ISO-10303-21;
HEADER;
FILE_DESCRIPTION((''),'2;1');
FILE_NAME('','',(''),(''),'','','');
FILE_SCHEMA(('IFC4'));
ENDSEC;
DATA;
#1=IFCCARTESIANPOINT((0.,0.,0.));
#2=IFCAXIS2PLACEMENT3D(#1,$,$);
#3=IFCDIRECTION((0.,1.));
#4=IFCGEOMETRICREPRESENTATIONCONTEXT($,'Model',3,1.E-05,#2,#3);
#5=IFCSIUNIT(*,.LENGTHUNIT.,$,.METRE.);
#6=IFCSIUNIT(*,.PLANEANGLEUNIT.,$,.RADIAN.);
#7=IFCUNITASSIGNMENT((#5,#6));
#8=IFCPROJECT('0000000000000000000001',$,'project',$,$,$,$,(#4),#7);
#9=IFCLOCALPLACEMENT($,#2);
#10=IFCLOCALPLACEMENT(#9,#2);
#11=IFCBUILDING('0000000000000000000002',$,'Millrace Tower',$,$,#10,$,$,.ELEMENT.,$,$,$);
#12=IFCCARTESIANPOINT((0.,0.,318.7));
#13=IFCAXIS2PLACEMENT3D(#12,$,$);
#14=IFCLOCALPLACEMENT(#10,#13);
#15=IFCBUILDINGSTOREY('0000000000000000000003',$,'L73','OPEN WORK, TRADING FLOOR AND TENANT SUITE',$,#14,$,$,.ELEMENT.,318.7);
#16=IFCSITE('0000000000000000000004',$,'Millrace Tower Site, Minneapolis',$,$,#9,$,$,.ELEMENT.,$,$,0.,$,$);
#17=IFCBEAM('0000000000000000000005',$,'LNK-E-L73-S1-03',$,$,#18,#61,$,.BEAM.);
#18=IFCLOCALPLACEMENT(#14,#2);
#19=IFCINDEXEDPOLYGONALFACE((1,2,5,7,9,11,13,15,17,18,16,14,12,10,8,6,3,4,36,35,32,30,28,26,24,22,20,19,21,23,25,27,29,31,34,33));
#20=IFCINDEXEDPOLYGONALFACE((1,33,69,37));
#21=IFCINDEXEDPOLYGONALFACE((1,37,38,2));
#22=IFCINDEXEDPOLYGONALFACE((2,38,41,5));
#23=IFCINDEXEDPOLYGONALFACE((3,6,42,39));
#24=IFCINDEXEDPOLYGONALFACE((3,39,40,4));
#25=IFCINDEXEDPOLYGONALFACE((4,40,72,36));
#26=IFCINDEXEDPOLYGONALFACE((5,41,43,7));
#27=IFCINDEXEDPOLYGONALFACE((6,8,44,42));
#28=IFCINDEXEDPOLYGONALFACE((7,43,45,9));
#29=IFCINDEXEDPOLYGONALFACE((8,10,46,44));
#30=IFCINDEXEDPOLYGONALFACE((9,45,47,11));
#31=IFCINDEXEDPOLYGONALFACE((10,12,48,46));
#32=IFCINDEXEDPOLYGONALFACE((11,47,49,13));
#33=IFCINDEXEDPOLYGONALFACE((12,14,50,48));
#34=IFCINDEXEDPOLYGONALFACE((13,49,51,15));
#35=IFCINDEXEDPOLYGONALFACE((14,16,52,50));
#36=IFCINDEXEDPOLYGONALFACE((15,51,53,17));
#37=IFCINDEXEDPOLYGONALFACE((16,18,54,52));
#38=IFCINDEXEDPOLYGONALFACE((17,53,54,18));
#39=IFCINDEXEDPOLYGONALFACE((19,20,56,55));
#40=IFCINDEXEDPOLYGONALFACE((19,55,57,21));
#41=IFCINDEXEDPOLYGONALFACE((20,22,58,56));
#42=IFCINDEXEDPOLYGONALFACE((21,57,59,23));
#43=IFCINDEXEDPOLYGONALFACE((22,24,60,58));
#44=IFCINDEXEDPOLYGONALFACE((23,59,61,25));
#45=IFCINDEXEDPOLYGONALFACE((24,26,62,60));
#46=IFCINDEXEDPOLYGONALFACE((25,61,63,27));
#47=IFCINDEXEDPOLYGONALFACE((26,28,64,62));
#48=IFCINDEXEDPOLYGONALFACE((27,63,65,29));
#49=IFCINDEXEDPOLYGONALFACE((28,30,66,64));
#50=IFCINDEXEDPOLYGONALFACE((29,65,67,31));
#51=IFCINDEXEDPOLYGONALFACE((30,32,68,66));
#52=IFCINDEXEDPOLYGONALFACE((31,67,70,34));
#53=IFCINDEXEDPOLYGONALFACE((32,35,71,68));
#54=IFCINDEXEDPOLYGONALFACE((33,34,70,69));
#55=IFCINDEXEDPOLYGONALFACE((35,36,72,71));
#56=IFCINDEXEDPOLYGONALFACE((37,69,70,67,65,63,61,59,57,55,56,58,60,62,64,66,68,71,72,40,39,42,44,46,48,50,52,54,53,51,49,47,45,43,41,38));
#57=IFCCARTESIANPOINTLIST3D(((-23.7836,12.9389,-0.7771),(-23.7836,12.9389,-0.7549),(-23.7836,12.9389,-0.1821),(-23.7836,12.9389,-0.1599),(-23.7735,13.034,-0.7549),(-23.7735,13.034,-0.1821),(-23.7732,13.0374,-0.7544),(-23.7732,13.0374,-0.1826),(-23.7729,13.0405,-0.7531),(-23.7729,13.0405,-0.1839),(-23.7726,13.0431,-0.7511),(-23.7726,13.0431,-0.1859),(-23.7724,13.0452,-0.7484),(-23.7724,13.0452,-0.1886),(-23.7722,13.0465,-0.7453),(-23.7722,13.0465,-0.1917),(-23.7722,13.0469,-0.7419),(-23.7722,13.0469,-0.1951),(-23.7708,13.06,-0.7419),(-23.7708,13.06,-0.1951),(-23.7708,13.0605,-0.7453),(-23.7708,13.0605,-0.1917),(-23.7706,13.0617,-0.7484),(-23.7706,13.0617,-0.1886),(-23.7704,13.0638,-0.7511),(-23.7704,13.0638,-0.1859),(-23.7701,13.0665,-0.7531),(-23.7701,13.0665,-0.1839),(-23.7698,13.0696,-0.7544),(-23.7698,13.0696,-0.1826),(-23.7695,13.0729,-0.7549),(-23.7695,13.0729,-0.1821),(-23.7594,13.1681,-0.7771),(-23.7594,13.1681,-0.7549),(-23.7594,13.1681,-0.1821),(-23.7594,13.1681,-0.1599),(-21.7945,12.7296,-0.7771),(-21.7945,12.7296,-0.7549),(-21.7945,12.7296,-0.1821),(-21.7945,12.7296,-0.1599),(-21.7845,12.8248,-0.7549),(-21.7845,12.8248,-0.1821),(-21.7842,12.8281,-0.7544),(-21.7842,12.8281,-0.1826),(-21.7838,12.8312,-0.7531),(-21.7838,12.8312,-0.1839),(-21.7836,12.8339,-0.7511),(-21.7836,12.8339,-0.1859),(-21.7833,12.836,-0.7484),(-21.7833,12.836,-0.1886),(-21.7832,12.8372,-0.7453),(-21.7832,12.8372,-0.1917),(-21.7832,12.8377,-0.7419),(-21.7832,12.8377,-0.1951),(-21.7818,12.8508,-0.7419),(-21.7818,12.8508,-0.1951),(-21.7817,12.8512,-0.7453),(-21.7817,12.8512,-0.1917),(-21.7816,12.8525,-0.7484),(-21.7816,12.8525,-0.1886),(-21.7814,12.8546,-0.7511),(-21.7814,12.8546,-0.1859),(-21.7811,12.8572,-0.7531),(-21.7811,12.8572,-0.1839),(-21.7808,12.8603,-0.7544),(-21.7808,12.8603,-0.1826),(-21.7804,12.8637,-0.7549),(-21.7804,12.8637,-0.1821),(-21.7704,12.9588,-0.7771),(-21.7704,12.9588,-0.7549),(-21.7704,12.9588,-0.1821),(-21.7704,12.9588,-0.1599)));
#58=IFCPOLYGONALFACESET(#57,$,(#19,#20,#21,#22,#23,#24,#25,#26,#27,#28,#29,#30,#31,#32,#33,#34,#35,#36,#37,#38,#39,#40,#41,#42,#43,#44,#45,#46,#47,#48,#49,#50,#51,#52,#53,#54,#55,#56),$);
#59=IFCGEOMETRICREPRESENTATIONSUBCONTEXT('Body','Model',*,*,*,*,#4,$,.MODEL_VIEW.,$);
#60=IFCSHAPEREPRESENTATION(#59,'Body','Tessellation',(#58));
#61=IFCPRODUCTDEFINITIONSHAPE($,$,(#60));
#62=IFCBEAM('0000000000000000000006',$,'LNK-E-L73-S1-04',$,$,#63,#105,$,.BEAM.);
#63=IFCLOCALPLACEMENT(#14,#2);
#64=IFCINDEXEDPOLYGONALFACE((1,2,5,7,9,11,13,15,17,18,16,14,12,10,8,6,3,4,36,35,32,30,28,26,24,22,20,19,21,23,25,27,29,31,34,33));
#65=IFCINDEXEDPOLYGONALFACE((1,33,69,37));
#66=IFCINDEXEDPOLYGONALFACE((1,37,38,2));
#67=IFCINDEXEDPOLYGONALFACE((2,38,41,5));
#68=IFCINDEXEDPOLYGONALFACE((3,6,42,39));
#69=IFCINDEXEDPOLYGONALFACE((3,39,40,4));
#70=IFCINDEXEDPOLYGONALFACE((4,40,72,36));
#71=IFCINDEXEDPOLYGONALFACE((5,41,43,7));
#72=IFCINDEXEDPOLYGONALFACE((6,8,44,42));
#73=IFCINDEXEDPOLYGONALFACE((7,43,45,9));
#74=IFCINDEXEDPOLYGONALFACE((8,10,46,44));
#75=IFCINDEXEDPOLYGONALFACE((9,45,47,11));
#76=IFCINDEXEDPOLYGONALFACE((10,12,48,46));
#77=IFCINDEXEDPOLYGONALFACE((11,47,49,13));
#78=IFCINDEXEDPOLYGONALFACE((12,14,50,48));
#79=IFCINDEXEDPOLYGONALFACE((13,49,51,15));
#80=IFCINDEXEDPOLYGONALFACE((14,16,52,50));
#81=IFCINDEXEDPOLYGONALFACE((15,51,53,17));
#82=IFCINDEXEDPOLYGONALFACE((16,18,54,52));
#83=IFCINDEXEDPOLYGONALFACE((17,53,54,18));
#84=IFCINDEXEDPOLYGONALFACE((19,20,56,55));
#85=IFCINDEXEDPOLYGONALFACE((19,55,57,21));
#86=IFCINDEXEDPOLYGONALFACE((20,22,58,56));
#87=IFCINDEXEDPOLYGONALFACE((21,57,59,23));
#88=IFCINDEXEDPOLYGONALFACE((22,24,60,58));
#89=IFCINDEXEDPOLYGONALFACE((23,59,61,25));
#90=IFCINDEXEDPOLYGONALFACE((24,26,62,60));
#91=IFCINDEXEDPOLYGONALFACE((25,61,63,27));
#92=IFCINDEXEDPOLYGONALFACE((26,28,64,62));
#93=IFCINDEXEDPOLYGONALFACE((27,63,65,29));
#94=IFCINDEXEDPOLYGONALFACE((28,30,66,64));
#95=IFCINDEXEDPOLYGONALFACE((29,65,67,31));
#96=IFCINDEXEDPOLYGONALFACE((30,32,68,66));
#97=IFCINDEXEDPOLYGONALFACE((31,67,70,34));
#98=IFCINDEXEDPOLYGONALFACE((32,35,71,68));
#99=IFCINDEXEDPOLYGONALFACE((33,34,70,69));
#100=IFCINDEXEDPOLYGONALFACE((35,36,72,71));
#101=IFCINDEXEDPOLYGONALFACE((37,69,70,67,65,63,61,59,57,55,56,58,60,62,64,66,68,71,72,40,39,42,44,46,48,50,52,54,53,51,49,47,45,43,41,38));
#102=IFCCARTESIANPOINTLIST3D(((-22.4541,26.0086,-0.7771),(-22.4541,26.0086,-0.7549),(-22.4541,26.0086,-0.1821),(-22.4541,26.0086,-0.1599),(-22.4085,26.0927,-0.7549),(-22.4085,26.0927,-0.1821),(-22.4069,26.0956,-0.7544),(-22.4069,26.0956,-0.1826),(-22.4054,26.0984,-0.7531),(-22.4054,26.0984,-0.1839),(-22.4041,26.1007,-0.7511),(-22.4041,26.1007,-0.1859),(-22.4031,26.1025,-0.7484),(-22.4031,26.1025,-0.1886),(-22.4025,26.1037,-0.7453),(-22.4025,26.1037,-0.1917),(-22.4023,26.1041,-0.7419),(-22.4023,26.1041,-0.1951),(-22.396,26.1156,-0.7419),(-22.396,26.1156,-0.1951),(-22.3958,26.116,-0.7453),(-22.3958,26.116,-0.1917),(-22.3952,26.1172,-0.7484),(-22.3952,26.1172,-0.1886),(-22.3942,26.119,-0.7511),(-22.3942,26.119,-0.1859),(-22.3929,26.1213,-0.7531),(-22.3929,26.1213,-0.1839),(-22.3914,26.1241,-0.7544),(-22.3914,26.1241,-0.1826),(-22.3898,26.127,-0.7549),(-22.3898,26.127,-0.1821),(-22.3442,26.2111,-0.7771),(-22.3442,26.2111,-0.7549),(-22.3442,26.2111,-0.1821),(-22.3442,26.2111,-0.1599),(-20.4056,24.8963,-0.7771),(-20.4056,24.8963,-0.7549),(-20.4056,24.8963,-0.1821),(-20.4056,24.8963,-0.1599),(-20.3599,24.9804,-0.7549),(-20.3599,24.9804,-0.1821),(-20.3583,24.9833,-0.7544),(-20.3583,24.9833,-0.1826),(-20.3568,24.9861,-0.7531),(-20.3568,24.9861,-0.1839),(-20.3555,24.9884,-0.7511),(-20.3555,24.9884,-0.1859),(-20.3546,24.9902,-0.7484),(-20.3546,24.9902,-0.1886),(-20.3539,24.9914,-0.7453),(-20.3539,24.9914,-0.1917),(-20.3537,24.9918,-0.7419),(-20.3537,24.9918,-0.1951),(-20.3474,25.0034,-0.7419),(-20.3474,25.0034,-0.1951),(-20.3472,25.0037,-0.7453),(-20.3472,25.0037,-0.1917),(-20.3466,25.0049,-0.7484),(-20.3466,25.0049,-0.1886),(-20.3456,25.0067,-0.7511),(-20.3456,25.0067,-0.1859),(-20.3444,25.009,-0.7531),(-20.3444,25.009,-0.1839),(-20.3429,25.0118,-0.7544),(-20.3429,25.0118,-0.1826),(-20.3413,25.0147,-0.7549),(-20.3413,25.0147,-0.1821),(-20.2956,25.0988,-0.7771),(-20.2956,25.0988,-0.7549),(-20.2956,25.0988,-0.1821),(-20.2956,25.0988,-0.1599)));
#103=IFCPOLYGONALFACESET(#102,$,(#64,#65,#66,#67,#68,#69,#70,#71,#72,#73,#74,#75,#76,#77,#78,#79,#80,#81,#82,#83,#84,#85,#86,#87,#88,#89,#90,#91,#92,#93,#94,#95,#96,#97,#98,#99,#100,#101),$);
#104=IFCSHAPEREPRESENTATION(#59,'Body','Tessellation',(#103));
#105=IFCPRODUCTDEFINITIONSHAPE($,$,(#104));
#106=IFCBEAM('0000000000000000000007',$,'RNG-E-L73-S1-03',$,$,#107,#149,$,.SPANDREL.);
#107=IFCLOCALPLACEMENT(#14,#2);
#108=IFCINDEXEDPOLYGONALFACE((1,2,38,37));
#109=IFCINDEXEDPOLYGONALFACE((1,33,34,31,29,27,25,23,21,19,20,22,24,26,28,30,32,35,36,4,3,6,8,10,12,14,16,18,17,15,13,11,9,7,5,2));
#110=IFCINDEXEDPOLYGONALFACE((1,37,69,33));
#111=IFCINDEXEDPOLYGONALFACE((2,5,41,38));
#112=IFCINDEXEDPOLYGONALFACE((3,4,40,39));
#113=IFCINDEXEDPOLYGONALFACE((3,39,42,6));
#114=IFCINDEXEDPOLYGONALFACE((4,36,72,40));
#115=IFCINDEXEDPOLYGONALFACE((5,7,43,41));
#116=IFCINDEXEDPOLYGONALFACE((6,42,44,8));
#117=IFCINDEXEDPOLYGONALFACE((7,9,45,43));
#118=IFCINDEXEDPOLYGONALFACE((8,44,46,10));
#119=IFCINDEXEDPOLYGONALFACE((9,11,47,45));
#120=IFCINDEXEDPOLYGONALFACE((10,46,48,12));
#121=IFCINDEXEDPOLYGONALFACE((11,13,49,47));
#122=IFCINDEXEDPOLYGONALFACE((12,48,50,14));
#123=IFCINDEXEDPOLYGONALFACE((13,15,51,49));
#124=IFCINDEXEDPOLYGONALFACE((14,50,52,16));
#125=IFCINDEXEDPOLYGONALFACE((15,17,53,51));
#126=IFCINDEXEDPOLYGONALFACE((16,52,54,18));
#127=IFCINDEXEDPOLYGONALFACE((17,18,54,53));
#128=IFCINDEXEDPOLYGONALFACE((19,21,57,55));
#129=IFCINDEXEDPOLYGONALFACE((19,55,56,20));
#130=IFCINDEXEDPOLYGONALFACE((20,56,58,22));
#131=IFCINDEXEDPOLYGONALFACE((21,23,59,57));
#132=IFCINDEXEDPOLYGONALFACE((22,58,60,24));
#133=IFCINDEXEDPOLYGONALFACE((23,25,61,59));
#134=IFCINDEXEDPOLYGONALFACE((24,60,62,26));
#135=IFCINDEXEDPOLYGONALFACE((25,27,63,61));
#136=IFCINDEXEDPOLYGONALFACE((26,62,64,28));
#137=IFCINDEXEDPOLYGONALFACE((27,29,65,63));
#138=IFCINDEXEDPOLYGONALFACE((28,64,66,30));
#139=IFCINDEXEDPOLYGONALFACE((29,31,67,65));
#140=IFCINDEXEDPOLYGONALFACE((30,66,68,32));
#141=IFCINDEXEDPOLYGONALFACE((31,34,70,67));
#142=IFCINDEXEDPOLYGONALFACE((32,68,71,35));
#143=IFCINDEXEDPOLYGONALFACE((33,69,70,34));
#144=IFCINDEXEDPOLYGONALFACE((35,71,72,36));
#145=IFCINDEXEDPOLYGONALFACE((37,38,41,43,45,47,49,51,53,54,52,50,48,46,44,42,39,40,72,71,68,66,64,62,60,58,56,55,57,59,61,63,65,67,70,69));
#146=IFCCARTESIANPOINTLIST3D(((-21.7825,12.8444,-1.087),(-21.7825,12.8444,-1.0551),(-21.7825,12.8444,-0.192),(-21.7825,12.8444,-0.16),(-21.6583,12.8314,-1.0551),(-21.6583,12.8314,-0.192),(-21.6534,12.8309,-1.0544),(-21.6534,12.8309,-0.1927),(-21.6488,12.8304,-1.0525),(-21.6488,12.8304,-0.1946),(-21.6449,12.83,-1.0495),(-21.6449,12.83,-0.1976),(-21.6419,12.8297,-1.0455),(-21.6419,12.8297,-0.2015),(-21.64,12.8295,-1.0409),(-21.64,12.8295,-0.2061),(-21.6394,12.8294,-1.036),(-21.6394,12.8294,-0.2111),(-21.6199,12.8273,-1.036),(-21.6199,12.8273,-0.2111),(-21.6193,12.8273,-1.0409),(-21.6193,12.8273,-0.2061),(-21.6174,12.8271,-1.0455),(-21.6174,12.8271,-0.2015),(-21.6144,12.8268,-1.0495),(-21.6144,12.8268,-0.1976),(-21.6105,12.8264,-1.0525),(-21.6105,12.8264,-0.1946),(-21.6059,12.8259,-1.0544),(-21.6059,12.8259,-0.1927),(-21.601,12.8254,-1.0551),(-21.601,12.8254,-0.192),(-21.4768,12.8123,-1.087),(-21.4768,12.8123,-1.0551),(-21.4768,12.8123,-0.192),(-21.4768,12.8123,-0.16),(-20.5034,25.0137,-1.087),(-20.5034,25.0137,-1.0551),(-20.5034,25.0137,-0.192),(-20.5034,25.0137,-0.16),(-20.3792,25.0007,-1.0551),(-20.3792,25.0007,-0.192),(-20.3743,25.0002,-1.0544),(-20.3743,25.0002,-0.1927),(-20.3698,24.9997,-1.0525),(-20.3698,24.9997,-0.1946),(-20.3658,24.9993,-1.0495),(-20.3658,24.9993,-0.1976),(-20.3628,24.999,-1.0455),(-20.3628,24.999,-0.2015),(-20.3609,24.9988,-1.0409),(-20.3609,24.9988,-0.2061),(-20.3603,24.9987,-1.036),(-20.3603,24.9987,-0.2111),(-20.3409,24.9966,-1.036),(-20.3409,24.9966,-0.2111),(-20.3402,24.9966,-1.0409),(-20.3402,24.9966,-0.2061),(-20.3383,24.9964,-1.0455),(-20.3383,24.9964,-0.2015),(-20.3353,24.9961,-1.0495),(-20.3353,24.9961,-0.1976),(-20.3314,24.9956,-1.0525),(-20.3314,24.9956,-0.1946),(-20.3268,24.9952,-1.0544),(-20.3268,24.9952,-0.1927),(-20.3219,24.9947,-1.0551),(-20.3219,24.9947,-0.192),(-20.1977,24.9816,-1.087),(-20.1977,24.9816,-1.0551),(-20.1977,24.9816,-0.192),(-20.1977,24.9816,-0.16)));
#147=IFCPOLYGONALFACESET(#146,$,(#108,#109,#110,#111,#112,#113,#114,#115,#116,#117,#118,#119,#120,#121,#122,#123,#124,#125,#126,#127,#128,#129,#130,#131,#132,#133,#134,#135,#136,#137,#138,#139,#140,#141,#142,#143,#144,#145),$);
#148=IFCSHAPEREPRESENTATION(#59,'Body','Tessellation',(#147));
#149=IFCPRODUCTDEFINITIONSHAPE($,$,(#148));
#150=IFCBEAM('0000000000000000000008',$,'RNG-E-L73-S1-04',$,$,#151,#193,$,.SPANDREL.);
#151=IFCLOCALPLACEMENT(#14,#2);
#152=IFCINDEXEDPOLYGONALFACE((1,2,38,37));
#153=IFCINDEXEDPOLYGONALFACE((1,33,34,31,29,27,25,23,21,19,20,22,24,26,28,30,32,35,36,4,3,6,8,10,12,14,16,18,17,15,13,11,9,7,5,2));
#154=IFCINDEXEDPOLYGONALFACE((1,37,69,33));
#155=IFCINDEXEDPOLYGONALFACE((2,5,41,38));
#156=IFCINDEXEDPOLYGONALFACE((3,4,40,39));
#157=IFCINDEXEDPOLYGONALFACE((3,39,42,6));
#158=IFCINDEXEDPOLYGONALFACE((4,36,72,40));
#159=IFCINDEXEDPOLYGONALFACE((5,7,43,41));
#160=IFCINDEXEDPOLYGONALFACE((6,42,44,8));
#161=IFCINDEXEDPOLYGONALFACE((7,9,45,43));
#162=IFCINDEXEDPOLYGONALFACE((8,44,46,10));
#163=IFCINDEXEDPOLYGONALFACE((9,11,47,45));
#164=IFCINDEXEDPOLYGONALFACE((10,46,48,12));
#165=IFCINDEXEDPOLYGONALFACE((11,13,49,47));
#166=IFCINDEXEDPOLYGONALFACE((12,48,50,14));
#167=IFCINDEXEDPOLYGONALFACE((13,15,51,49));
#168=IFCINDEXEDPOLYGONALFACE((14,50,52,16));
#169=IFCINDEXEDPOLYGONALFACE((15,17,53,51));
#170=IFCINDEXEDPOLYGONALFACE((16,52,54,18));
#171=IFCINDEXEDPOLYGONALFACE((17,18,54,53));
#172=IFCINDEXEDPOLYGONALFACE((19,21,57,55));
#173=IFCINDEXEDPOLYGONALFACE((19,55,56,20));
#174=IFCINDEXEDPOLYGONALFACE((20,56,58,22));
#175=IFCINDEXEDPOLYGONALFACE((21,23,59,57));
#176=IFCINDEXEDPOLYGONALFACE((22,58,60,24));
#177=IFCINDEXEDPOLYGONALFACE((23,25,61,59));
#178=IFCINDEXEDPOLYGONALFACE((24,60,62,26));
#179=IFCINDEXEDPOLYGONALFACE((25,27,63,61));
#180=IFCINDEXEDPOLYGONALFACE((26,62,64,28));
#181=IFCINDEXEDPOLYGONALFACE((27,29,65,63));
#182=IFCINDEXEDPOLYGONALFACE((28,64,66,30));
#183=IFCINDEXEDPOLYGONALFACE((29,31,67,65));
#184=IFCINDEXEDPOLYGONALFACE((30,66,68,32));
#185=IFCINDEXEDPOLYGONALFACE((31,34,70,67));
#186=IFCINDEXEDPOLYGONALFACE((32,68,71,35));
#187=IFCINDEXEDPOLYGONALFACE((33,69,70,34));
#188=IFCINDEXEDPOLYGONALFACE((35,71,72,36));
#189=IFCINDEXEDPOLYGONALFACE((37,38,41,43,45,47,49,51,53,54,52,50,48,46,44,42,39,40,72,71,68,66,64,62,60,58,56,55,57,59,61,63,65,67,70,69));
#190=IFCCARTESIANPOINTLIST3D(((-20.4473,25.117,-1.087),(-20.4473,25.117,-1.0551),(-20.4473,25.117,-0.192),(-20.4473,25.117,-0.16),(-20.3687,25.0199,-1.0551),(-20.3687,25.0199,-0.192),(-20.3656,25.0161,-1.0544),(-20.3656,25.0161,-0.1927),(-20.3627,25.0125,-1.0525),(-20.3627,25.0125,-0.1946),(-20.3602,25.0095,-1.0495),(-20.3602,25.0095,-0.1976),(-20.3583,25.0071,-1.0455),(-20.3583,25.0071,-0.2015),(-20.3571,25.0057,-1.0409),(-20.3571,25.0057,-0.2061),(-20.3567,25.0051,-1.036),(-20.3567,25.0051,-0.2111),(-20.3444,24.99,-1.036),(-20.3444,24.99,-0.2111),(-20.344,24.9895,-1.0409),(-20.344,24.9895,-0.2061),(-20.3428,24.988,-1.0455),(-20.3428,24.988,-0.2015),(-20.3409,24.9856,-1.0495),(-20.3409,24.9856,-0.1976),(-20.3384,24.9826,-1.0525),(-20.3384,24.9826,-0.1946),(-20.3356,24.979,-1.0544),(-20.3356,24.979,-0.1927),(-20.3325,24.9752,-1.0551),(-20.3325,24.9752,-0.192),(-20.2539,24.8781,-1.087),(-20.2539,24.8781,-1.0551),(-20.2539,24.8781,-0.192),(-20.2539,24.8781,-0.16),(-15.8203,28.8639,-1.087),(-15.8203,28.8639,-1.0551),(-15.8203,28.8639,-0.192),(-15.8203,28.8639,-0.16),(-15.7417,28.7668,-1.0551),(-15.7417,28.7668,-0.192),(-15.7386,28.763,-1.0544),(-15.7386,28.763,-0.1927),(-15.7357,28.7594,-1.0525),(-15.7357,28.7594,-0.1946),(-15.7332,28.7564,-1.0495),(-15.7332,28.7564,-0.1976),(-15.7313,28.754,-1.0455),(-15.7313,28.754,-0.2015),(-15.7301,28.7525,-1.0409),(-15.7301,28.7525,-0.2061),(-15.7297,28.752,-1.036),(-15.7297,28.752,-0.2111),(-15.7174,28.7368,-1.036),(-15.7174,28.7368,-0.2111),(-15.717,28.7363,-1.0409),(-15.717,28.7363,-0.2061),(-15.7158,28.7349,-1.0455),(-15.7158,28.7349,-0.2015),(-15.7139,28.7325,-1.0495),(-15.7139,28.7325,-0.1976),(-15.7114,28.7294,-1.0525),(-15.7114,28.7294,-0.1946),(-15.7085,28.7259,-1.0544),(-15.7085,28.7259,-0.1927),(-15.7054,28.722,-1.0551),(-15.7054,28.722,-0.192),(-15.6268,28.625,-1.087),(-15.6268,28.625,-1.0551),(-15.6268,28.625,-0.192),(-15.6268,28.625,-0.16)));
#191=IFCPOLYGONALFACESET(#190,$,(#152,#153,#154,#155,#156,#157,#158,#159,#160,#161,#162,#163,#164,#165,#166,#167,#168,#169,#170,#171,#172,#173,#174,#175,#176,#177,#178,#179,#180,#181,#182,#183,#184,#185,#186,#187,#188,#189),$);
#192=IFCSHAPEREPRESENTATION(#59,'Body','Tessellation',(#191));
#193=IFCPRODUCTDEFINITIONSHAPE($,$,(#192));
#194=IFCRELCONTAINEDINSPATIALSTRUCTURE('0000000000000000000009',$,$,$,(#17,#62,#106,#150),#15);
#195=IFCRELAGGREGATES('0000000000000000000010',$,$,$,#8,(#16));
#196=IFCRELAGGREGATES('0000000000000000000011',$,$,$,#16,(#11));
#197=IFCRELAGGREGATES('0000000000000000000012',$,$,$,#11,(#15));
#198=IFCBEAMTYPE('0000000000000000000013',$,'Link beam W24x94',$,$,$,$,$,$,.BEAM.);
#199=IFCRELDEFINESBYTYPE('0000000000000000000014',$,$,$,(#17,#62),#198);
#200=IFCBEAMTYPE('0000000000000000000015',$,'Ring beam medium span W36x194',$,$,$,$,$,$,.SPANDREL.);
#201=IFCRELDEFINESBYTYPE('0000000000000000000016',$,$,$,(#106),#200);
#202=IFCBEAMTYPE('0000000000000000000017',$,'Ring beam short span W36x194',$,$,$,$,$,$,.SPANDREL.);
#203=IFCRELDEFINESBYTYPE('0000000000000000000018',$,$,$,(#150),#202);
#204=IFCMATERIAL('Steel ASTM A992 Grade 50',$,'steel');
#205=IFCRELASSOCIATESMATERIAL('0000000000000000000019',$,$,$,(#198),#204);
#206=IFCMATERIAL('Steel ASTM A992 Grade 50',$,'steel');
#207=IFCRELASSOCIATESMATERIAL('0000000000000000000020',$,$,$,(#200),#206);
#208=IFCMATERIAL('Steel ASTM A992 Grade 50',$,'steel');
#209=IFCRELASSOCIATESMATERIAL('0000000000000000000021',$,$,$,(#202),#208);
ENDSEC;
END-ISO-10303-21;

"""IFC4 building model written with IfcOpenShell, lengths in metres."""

from ifc_helpers import new_model, si_unit, direction, frame, origin, origin_2d, place, context, subcontext, project, spatial, i_section, extrude, material, material_profile, profile_set, type_object, element, save


model = new_model("IFC4")

# Units and contexts
model_context = context("Model", 3, precision=1e-05, world=origin(), true_north=direction((0.0, 1.0)))
body_context = subcontext(model_context, "Body", "Model", "MODEL_VIEW")
ifc_project = project(units=[si_unit("LENGTHUNIT", "METRE"), si_unit("PLANEANGLEUNIT", "RADIAN")], contexts=[model_context])

# Site, building, storey
site_placement = place(None, origin())
site = spatial("IfcSite", under=ifc_project, at=site_placement, Name="Millrace Tower Site, Minneapolis", CompositionType="ELEMENT", RefElevation=0.0)
building_placement = place(site_placement, origin())
building = spatial("IfcBuilding", under=site, at=building_placement, Name="Millrace Tower", CompositionType="ELEMENT")
storey_placement = place(building_placement, frame((0.0, 0.0, 318.7)))
storey = spatial("IfcBuildingStorey", under=building, at=storey_placement, Name="L73", Description="OPEN WORK, TRADING FLOOR AND TENANT SUITE", CompositionType="ELEMENT", Elevation=318.7)

# Beams
ifc_material_1 = material(Name="Steel ASTM A992 Grade 50", Category="steel")
ifc_material_profile_1 = material_profile(ifc_material_1, i_section(OverallWidth=0.2305, OverallDepth=0.6172, WebThickness=0.0132, FlangeThickness=0.0222, FilletRadius=0.0129, at=origin_2d()))
ifc_profile_set_1 = profile_set([ifc_material_profile_1], Name="Steel ASTM A992 Grade 50")
beam_type_1 = type_object("IfcBeamType", Name="Link beam W24x94", PredefinedType="BEAM", material=ifc_profile_set_1)
beam_1_placement = place(storey_placement, frame((-21.7825, 12.8442, -0.4685), z_axis=(-0.994513, 0.104615, 0.0), x_axis=(-0.104615, -0.994513, 0.0)))
element("IfcBeam", 1, at=beam_1_placement, inside=storey, type_object=beam_type_1, Name="LNK-E-L73-S1-03", PredefinedType="BEAM", context=body_context, shape_type="SweptSolid", body=[
    extrude(i_section(OverallWidth=0.2305, OverallDepth=0.6172, WebThickness=0.0132, FlangeThickness=0.0222, FilletRadius=0.0129, at=origin_2d()), origin(), (0.0, 0.0, 1.0), 2.0),
])
beam_2_placement = place(storey_placement, frame((-20.3506, 24.9976, -0.4685), z_axis=(-0.878815, 0.477164, 0.0), x_axis=(-0.477164, -0.878815, 0.0)))
element("IfcBeam", 2, at=beam_2_placement, inside=storey, type_object=beam_type_1, Name="LNK-E-L73-S1-04", PredefinedType="BEAM", context=body_context, shape_type="SweptSolid", body=[
    extrude(i_section(OverallWidth=0.2305, OverallDepth=0.6172, WebThickness=0.0132, FlangeThickness=0.0222, FilletRadius=0.0129, at=origin_2d()), origin(), (0.0, 0.0, 1.0), 2.3311),
])
ifc_material_2 = material(Name="Steel ASTM A992 Grade 50", Category="steel")
ifc_material_profile_2 = material_profile(ifc_material_2, i_section(OverallWidth=0.3074, OverallDepth=0.927, WebThickness=0.0195, FlangeThickness=0.032, FilletRadius=0.019, at=origin_2d()))
ifc_profile_set_2 = profile_set([ifc_material_profile_2], Name="Steel ASTM A992 Grade 50")
beam_type_2 = type_object("IfcBeamType", Name="Ring beam medium span W36x194", PredefinedType="SPANDREL", material=ifc_profile_set_2)
beam_3_placement = place(storey_placement, frame((-21.6296, 12.8284, -0.6235), z_axis=(0.10453, 0.994522, 0.0), x_axis=(-0.994522, 0.10453, 0.0)))
element("IfcBeam", 3, at=beam_3_placement, inside=storey, type_object=beam_type_2, Name="RNG-E-L73-S1-03", PredefinedType="SPANDREL", context=body_context, shape_type="SweptSolid", body=[
    extrude(i_section(OverallWidth=0.3074, OverallDepth=0.927, WebThickness=0.0195, FlangeThickness=0.032, FilletRadius=0.019, at=origin_2d()), origin(), (0.0, 0.0, 1.0), 12.2363),
])
ifc_material_3 = material(Name="Steel ASTM A992 Grade 50", Category="steel")
ifc_material_profile_3 = material_profile(ifc_material_3, i_section(OverallWidth=0.3074, OverallDepth=0.927, WebThickness=0.0195, FlangeThickness=0.032, FilletRadius=0.019, at=origin_2d()))
ifc_profile_set_3 = profile_set([ifc_material_profile_3], Name="Steel ASTM A992 Grade 50")
beam_type_3 = type_object("IfcBeamType", Name="Ring beam short span W36x194", PredefinedType="SPANDREL", material=ifc_profile_set_3)
beam_4_placement = place(storey_placement, frame((-20.3506, 24.9976, -0.6235), z_axis=(0.777147, 0.62932, 0.0), x_axis=(-0.62932, 0.777147, 0.0)))
element("IfcBeam", 4, at=beam_4_placement, inside=storey, type_object=beam_type_3, Name="RNG-E-L73-S1-04", PredefinedType="SPANDREL", context=body_context, shape_type="SweptSolid", body=[
    extrude(i_section(OverallWidth=0.3074, OverallDepth=0.927, WebThickness=0.0195, FlangeThickness=0.032, FilletRadius=0.019, at=origin_2d()), origin(), (0.0, 0.0, 1.0), 5.9539),
])

save(model, "model.ifc")
